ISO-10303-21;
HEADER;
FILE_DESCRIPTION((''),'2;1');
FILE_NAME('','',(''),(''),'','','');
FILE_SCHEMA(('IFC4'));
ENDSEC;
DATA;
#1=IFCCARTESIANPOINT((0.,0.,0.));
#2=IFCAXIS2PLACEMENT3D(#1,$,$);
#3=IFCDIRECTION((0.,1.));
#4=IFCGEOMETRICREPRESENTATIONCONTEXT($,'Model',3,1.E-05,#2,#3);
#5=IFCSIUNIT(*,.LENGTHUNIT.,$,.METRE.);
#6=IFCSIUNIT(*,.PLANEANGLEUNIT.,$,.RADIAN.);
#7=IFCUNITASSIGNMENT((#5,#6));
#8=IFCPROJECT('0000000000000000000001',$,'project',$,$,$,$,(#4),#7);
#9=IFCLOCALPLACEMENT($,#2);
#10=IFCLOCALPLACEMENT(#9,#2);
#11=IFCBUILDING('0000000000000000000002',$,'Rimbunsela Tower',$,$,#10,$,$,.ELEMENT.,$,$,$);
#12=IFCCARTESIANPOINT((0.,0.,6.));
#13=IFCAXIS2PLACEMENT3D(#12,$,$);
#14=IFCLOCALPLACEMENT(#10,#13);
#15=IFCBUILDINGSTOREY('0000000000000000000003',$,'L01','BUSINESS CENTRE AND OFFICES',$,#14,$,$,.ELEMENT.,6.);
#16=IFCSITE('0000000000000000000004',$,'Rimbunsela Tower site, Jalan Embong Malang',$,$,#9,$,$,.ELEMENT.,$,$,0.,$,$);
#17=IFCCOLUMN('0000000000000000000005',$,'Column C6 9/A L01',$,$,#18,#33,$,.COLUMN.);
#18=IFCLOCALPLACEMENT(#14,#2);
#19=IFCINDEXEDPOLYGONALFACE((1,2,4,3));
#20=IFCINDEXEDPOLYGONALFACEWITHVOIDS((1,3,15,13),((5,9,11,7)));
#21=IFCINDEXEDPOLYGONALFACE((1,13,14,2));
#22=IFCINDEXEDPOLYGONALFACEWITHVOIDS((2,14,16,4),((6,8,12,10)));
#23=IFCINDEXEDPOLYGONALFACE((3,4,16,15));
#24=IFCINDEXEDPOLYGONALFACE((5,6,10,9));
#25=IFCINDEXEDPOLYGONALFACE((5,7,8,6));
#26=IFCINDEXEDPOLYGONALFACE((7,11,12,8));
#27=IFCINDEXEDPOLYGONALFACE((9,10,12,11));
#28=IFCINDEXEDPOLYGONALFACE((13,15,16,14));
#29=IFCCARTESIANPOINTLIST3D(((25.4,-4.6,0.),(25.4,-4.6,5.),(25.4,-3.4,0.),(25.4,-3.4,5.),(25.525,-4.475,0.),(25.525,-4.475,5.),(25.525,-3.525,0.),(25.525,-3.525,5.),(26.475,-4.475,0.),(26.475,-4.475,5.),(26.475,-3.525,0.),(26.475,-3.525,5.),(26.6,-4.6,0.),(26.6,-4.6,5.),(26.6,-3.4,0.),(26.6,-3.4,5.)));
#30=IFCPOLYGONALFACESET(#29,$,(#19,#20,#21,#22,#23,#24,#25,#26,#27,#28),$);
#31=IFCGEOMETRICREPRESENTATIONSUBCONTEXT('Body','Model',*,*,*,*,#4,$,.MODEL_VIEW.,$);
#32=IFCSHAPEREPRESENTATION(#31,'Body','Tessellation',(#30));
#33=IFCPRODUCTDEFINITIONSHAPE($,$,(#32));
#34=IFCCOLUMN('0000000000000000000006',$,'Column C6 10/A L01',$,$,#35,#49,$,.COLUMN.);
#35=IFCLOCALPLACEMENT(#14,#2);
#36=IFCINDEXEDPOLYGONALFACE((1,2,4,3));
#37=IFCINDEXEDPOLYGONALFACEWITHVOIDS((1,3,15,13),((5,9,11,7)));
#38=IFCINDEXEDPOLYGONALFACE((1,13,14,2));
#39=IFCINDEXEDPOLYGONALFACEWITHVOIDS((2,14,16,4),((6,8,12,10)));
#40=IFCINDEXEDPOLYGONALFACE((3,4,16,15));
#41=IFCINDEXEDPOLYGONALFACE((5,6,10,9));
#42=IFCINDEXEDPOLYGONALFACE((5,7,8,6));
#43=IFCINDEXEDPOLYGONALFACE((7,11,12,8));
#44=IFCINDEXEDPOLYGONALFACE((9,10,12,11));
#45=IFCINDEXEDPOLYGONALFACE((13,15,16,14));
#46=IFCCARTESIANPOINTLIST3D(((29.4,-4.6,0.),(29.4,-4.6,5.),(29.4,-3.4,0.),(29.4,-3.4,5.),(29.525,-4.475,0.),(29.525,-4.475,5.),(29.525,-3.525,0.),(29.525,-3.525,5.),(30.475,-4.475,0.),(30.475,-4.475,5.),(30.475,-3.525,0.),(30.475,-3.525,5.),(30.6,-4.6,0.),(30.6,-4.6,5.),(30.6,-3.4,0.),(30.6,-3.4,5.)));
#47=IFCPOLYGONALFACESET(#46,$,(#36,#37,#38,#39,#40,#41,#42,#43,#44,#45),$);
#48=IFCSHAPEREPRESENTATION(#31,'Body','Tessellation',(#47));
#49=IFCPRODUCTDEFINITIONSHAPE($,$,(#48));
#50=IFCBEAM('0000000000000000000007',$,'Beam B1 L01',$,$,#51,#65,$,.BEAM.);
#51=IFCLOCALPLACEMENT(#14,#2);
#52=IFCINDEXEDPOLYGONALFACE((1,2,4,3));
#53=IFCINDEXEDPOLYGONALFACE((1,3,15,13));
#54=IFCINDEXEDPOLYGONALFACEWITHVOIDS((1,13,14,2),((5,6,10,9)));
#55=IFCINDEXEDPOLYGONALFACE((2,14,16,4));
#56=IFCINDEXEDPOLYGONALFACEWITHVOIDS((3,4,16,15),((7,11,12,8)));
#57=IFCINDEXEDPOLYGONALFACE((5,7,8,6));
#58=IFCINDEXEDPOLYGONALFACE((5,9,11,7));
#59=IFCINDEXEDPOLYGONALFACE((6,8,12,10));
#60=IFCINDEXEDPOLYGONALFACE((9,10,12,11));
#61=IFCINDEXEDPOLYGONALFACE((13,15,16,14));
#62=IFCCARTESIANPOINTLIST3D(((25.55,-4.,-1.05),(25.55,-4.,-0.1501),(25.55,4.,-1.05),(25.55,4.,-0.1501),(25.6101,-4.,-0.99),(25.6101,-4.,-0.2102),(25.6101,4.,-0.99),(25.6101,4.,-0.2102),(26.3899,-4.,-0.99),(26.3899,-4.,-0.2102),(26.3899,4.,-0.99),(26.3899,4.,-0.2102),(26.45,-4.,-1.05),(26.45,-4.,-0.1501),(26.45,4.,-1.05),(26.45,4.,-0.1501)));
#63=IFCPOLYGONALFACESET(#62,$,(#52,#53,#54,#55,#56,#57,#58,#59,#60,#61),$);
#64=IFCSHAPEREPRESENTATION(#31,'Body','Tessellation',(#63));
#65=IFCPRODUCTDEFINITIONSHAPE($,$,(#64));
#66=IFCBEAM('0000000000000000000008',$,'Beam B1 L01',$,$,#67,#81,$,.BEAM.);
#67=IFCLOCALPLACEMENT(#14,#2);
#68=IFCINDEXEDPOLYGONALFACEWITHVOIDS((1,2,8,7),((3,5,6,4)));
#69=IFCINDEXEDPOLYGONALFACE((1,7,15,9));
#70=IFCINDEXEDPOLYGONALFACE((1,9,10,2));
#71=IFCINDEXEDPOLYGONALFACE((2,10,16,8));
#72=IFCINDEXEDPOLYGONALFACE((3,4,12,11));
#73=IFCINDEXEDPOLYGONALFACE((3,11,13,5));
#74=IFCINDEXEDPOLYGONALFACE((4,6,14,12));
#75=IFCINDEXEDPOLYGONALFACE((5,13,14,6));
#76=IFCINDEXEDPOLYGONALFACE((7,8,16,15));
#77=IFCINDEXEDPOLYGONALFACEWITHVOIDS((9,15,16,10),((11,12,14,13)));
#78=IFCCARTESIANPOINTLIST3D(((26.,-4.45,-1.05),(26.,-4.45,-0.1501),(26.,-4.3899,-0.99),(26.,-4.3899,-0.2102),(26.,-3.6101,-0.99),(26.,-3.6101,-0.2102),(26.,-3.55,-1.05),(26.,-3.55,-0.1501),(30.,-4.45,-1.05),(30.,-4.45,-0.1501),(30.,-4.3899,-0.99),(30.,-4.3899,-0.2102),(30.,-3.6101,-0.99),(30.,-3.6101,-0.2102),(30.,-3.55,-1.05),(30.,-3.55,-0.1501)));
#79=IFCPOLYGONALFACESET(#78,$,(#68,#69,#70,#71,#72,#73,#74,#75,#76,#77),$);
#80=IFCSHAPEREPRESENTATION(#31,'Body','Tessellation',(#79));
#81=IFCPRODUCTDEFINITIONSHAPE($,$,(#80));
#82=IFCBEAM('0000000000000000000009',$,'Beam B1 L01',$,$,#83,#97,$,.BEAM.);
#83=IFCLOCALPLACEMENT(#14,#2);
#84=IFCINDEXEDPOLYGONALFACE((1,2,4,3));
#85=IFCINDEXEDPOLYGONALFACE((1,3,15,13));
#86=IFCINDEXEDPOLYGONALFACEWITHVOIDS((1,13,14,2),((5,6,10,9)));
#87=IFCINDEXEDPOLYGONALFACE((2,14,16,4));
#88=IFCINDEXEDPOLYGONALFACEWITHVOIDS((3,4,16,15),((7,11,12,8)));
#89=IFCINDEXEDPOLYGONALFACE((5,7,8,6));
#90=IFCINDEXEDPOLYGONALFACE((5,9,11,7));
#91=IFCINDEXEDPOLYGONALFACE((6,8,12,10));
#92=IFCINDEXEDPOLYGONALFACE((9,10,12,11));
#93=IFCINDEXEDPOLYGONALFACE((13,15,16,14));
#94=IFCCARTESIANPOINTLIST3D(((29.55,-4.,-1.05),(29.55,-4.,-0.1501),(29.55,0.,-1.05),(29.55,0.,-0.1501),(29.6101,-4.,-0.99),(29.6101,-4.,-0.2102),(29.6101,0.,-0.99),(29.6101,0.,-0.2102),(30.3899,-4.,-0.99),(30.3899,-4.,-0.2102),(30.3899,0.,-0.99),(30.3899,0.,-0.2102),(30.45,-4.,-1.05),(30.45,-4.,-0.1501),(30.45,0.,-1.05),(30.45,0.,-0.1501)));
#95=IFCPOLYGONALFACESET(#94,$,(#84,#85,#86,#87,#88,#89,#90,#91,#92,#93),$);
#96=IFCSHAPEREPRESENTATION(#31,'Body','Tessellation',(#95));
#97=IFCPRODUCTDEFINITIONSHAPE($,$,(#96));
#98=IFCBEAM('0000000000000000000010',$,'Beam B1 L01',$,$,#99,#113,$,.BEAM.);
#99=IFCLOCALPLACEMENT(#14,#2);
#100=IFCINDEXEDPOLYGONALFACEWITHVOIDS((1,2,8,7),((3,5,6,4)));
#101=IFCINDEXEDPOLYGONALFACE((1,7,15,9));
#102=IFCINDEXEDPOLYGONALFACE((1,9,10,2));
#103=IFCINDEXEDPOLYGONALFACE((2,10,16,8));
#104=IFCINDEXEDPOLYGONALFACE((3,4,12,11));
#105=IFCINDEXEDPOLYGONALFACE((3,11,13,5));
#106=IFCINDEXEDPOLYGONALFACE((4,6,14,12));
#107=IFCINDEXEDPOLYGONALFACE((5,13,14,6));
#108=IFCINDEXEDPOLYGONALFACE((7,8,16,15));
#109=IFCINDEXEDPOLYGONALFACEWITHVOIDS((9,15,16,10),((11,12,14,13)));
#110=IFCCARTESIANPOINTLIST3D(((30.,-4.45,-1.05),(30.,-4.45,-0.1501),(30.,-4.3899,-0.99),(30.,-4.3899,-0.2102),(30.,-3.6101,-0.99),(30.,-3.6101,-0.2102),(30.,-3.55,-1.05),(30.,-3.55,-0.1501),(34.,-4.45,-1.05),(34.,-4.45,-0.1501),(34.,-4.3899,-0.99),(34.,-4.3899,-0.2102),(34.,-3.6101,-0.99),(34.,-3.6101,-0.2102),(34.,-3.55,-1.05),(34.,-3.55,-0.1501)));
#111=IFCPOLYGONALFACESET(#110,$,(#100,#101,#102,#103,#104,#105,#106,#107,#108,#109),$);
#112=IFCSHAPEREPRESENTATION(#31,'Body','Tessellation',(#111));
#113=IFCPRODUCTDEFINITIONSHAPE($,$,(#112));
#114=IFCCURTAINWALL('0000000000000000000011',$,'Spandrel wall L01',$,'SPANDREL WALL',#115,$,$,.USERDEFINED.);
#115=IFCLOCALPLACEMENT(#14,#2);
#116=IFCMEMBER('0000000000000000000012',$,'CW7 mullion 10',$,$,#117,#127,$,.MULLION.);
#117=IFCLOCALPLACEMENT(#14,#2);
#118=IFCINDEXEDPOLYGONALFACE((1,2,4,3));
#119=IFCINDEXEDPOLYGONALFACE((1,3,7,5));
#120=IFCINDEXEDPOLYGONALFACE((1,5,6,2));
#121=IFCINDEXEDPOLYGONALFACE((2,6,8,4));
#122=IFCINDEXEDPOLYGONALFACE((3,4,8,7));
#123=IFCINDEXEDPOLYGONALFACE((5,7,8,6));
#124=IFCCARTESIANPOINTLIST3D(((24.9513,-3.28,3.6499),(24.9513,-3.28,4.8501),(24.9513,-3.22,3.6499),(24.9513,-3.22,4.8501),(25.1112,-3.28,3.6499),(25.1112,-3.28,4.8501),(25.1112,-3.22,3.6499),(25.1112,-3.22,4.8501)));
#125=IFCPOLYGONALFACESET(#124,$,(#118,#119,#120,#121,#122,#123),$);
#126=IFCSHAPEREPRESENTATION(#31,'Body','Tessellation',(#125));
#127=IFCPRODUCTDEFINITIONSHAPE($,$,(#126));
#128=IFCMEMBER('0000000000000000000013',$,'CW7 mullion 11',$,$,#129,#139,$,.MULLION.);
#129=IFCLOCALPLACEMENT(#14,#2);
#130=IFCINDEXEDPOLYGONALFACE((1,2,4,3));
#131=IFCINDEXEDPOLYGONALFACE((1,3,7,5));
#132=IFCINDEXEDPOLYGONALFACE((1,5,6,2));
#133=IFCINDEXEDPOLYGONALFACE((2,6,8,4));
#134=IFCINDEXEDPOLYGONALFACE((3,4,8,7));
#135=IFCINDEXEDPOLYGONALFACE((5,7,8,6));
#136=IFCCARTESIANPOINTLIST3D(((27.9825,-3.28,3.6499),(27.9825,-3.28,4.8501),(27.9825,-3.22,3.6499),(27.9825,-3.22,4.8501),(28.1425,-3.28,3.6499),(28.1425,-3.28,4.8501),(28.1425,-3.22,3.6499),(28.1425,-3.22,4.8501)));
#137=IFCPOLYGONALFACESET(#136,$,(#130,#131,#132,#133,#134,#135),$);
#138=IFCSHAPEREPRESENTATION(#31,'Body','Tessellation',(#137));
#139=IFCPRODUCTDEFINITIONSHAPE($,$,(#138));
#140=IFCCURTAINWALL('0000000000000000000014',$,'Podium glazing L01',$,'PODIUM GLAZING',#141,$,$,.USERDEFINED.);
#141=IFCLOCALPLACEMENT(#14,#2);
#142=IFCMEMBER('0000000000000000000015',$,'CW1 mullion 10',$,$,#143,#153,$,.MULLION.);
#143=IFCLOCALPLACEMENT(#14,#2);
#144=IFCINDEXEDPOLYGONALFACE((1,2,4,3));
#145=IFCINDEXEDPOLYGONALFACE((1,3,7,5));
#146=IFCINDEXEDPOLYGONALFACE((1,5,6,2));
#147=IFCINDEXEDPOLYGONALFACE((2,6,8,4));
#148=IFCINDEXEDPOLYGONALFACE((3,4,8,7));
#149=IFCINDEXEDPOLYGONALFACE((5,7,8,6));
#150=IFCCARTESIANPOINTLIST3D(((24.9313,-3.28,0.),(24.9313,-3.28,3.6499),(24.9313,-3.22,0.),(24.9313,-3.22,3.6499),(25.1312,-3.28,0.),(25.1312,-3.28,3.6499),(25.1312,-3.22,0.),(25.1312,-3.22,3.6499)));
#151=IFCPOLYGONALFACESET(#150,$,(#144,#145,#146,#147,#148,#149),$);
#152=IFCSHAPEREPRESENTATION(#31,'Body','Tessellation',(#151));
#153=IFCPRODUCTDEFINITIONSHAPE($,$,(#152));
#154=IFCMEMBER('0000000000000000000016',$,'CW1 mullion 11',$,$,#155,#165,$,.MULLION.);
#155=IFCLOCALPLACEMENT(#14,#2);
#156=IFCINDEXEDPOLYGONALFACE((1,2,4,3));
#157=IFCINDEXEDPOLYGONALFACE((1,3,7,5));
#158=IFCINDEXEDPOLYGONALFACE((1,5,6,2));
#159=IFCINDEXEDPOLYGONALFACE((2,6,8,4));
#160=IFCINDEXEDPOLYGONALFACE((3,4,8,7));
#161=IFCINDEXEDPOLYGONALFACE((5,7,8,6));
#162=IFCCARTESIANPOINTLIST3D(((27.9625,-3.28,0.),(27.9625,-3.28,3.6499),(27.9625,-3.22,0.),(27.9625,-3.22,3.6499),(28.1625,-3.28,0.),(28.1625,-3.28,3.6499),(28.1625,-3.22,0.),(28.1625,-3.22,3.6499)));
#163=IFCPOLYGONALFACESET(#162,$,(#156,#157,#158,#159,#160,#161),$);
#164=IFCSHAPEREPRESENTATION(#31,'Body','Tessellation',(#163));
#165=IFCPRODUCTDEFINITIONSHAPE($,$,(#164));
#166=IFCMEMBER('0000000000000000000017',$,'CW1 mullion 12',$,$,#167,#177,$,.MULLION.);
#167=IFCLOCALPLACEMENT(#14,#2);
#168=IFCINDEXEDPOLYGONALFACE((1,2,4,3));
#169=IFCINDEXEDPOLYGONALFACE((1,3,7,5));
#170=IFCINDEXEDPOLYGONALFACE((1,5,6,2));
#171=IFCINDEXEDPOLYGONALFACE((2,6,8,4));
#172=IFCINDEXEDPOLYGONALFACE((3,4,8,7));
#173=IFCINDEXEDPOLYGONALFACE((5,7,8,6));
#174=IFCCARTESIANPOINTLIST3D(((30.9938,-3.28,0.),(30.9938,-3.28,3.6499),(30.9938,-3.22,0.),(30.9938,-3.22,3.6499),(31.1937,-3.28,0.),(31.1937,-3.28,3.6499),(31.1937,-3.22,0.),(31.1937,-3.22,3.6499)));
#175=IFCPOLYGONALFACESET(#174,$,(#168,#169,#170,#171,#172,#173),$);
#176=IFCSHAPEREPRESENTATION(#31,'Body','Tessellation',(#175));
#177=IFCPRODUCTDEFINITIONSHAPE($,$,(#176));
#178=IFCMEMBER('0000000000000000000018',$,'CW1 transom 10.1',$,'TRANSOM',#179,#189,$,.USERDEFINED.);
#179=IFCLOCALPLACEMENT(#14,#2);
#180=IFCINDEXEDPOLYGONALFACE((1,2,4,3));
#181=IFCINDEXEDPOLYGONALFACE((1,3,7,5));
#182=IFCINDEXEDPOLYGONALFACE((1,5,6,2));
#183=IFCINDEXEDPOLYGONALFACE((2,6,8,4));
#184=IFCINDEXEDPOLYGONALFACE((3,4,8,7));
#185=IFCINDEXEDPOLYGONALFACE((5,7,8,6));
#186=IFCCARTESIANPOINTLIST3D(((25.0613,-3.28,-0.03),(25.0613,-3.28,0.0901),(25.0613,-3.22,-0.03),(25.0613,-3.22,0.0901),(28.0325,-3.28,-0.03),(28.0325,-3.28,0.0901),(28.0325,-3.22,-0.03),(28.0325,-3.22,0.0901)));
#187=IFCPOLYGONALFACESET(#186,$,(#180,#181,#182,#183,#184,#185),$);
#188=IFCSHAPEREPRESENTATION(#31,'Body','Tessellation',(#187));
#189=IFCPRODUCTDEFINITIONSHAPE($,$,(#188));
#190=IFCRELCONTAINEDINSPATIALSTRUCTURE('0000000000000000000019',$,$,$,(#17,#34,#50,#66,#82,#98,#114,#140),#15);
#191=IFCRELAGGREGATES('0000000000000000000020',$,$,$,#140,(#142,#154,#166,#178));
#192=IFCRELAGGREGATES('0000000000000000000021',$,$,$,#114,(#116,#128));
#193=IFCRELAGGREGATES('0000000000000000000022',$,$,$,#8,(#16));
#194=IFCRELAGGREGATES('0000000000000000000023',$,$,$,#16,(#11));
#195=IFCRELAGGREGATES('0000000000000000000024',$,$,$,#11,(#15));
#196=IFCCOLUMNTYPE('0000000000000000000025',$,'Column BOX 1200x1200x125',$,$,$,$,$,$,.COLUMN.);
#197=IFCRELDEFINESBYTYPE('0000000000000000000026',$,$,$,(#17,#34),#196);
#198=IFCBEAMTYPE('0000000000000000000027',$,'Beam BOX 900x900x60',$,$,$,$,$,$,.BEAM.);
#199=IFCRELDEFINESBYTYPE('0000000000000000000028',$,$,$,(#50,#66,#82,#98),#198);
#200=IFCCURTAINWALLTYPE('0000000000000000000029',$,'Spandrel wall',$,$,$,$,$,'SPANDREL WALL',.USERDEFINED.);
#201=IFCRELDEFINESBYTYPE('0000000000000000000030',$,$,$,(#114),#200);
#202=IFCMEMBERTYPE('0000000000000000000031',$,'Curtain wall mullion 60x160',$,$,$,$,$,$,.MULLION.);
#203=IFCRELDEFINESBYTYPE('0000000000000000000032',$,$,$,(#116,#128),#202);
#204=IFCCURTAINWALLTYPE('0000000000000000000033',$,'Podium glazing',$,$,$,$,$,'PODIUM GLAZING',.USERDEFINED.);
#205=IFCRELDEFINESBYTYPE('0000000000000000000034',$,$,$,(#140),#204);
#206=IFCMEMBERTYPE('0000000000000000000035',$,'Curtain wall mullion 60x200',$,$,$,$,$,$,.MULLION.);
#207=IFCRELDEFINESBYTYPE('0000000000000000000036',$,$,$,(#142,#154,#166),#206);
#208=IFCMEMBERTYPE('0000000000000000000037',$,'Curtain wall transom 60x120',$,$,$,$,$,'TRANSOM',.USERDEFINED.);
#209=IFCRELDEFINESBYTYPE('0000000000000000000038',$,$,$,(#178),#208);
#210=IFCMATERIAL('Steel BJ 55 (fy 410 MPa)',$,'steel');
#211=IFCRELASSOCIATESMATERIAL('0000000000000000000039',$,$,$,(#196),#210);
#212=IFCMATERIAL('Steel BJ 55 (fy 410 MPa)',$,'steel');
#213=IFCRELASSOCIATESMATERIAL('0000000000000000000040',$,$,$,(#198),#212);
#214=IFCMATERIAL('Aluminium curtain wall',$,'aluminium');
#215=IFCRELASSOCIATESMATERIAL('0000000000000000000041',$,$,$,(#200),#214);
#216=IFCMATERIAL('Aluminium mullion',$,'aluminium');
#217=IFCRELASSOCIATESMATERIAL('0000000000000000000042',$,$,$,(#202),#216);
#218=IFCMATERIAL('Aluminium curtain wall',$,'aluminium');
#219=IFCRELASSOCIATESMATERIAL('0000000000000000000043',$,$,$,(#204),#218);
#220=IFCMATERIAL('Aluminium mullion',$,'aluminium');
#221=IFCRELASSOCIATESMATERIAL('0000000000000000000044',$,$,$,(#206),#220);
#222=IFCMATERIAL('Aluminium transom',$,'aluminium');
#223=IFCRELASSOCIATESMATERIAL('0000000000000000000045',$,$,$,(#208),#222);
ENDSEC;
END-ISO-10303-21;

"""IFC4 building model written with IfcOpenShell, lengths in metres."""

from ifc_helpers import new_model, si_unit, direction, frame, origin, origin_2d, place, context, subcontext, project, spatial, rectangle, hollow_rectangle, extrude, material, material_profile, profile_set, type_object, element, aggregate, save


model = new_model("IFC4")

# Units and contexts
model_context = context("Model", 3, precision=1e-05, world=origin(), true_north=direction((0.0, 1.0)))
body_context = subcontext(model_context, "Body", "Model", "MODEL_VIEW")
ifc_project = project(units=[si_unit("LENGTHUNIT", "METRE"), si_unit("PLANEANGLEUNIT", "RADIAN")], contexts=[model_context])

# Site, building, storey
site_placement = place(None, origin())
site = spatial("IfcSite", under=ifc_project, at=site_placement, Name="Rimbunsela Tower site, Jalan Embong Malang", CompositionType="ELEMENT", RefElevation=0.0)
building_placement = place(site_placement, origin())
building = spatial("IfcBuilding", under=site, at=building_placement, Name="Rimbunsela Tower", CompositionType="ELEMENT")
storey_placement = place(building_placement, frame((0.0, 0.0, 6.0)))
storey = spatial("IfcBuildingStorey", under=building, at=storey_placement, Name="L01", Description="BUSINESS CENTRE AND OFFICES", CompositionType="ELEMENT", Elevation=6.0)

# Columns
ifc_material_1 = material(Name="Steel BJ 55 (fy 410 MPa)", Category="steel")
ifc_material_profile_1 = material_profile(ifc_material_1, hollow_rectangle(XDim=1.2, YDim=1.2, WallThickness=0.125, at=origin_2d()), Name="BOX 1200x1200x125")
ifc_profile_set_1 = profile_set([ifc_material_profile_1], Name="Steel BJ 55 (fy 410 MPa)")
column_type = type_object("IfcColumnType", Name="Column BOX 1200x1200x125", PredefinedType="COLUMN", material=ifc_profile_set_1)
for number, where, z_axis, x_axis, name in (
    (1, (26.0, -4.0, 0.0), (0.0, 0.0, 1.0), (1.0, 0.0, 0.0), "Column C6 9/A L01"),
    (2, (30.0, -4.0, 0.0), (0.0, 0.0, 1.0), (1.0, 0.0, 0.0), "Column C6 10/A L01"),
):
    element("IfcColumn", number, at=place(storey_placement, frame(where, z_axis=z_axis, x_axis=x_axis)), inside=storey, type_object=column_type, Name=name, PredefinedType="COLUMN", context=body_context, shape_type="SweptSolid", body=[
        extrude(hollow_rectangle(XDim=1.2, YDim=1.2, WallThickness=0.125, at=origin_2d()), origin(), (0.0, 0.0, 1.0), 5.0),
    ])

# Beams
ifc_material_2 = material(Name="Steel BJ 55 (fy 410 MPa)", Category="steel")
ifc_material_profile_2 = material_profile(ifc_material_2, hollow_rectangle(XDim=0.8999, YDim=0.8999, WallThickness=0.0601, at=origin_2d()), Name="BOX 900x900x60")
ifc_profile_set_2 = profile_set([ifc_material_profile_2], Name="Steel BJ 55 (fy 410 MPa)")
beam_type = type_object("IfcBeamType", Name="Beam BOX 900x900x60", PredefinedType="BEAM", material=ifc_profile_set_2)
beam_placement = place(storey_placement, frame((26.0, -4.0, -0.6001), z_axis=(0.0, 1.0, 0.0), x_axis=(-1.0, 0.0, 0.0)))
element("IfcBeam", 3, at=beam_placement, inside=storey, type_object=beam_type, Name="Beam B1 L01", PredefinedType="BEAM", context=body_context, shape_type="SweptSolid", body=[
    extrude(hollow_rectangle(XDim=0.8999, YDim=0.8999, WallThickness=0.0601, at=origin_2d()), origin(), (0.0, 0.0, 1.0), 8.0),
])
for number, where, z_axis, x_axis, name in (
    (4, (26.0, -4.0, -0.6001), (1.0, 0.0, 0.0), (0.0, 1.0, 0.0), "Beam B1 L01"),
    (5, (30.0, -4.0, -0.6001), (0.0, 1.0, 0.0), (-1.0, 0.0, 0.0), "Beam B1 L01"),
    (6, (30.0, -4.0, -0.6001), (1.0, 0.0, 0.0), (0.0, 1.0, 0.0), "Beam B1 L01"),
):
    element("IfcBeam", number, at=place(storey_placement, frame(where, z_axis=z_axis, x_axis=x_axis)), inside=storey, type_object=beam_type, Name=name, PredefinedType="BEAM", context=body_context, shape_type="SweptSolid", body=[
        extrude(hollow_rectangle(XDim=0.8999, YDim=0.8999, WallThickness=0.0601, at=origin_2d()), origin(), (0.0, 0.0, 1.0), 4.0),
    ])

# Curtain walls, members
ifc_material_3 = material(Name="Aluminium curtain wall", Category="aluminium")
curtain_wall_type_1 = type_object("IfcCurtainWallType", Name="Spandrel wall", ElementType="SPANDREL WALL", PredefinedType="USERDEFINED", material=ifc_material_3)
curtain_wall_1_placement = place(storey_placement, origin())
curtain_wall_1 = element("IfcCurtainWall", 7, at=curtain_wall_1_placement, inside=storey, type_object=curtain_wall_type_1, Name="Spandrel wall L01", ObjectType="SPANDREL WALL", PredefinedType="USERDEFINED")
ifc_material_4 = material(Name="Aluminium mullion", Category="aluminium")
ifc_material_profile_3 = material_profile(ifc_material_4, rectangle(XDim=0.0601, YDim=0.1599, at=origin_2d()), Name="Mullion 60x160")
ifc_profile_set_3 = profile_set([ifc_material_profile_3], Name="Aluminium mullion")
member_type_1 = type_object("IfcMemberType", Name="Curtain wall mullion 60x160", PredefinedType="MULLION", material=ifc_profile_set_3)
member_1_placement = place(storey_placement, frame((25.0312, -3.25, 3.6499), z_axis=(0.0, 0.0, 1.0), x_axis=(0.0, 1.0, 0.0)))
member_1 = element("IfcMember", 8, at=member_1_placement, type_object=member_type_1, Name="CW7 mullion 10", PredefinedType="MULLION", context=body_context, shape_type="SweptSolid", body=[
    extrude(rectangle(XDim=0.0601, YDim=0.1599, at=origin_2d()), origin(), (0.0, 0.0, 1.0), 1.2002),
])
member_2_placement = place(storey_placement, frame((28.0625, -3.25, 3.6499), z_axis=(0.0, 0.0, 1.0), x_axis=(0.0, 1.0, 0.0)))
member_2 = element("IfcMember", 9, at=member_2_placement, type_object=member_type_1, Name="CW7 mullion 11", PredefinedType="MULLION", context=body_context, shape_type="SweptSolid", body=[
    extrude(rectangle(XDim=0.0601, YDim=0.1599, at=origin_2d()), origin(), (0.0, 0.0, 1.0), 1.2002),
])
ifc_material_5 = material(Name="Aluminium curtain wall", Category="aluminium")
curtain_wall_type_2 = type_object("IfcCurtainWallType", Name="Podium glazing", ElementType="PODIUM GLAZING", PredefinedType="USERDEFINED", material=ifc_material_5)
curtain_wall_2_placement = place(storey_placement, origin())
curtain_wall_2 = element("IfcCurtainWall", 10, at=curtain_wall_2_placement, inside=storey, type_object=curtain_wall_type_2, Name="Podium glazing L01", ObjectType="PODIUM GLAZING", PredefinedType="USERDEFINED")
ifc_material_6 = material(Name="Aluminium mullion", Category="aluminium")
ifc_material_profile_4 = material_profile(ifc_material_6, rectangle(XDim=0.0601, YDim=0.2, at=origin_2d()), Name="Mullion 60x200")
ifc_profile_set_4 = profile_set([ifc_material_profile_4], Name="Aluminium mullion")
member_type_2 = type_object("IfcMemberType", Name="Curtain wall mullion 60x200", PredefinedType="MULLION", material=ifc_profile_set_4)
member_3_placement = place(storey_placement, frame((25.0312, -3.25, 0.0), z_axis=(0.0, 0.0, 1.0), x_axis=(0.0, 1.0, 0.0)))
member_3 = element("IfcMember", 11, at=member_3_placement, type_object=member_type_2, Name="CW1 mullion 10", PredefinedType="MULLION", context=body_context, shape_type="SweptSolid", body=[
    extrude(rectangle(XDim=0.0601, YDim=0.2, at=origin_2d()), origin(), (0.0, 0.0, 1.0), 3.6499),
])
member_4_placement = place(storey_placement, frame((28.0625, -3.25, 0.0), z_axis=(0.0, 0.0, 1.0), x_axis=(0.0, 1.0, 0.0)))
member_4 = element("IfcMember", 12, at=member_4_placement, type_object=member_type_2, Name="CW1 mullion 11", PredefinedType="MULLION", context=body_context, shape_type="SweptSolid", body=[
    extrude(rectangle(XDim=0.0601, YDim=0.2, at=origin_2d()), origin(), (0.0, 0.0, 1.0), 3.6499),
])
member_5_placement = place(storey_placement, frame((31.0938, -3.25, 0.0), z_axis=(0.0, 0.0, 1.0), x_axis=(0.0, 1.0, 0.0)))
member_5 = element("IfcMember", 13, at=member_5_placement, type_object=member_type_2, Name="CW1 mullion 12", PredefinedType="MULLION", context=body_context, shape_type="SweptSolid", body=[
    extrude(rectangle(XDim=0.0601, YDim=0.2, at=origin_2d()), origin(), (0.0, 0.0, 1.0), 3.6499),
])
ifc_material_7 = material(Name="Aluminium transom", Category="aluminium")
ifc_material_profile_5 = material_profile(ifc_material_7, rectangle(XDim=0.0601, YDim=0.1201, at=origin_2d()), Name="Transom 60x120")
ifc_profile_set_5 = profile_set([ifc_material_profile_5], Name="Aluminium transom")
member_type_3 = type_object("IfcMemberType", Name="Curtain wall transom 60x120", ElementType="TRANSOM", PredefinedType="USERDEFINED", material=ifc_profile_set_5)
member_6_placement = place(storey_placement, frame((25.0613, -3.25, 0.03), z_axis=(1.0, 0.0, 0.0), x_axis=(0.0, 1.0, 0.0)))
member_6 = element("IfcMember", 14, at=member_6_placement, type_object=member_type_3, Name="CW1 transom 10.1", ObjectType="TRANSOM", PredefinedType="USERDEFINED", context=body_context, shape_type="SweptSolid", body=[
    extrude(rectangle(XDim=0.0601, YDim=0.1201, at=origin_2d()), origin(), (0.0, 0.0, 1.0), 2.9712),
])

aggregate(curtain_wall_2, [member_3, member_4, member_5, member_6])
aggregate(curtain_wall_1, [member_1, member_2])

save(model, "model.ifc")
